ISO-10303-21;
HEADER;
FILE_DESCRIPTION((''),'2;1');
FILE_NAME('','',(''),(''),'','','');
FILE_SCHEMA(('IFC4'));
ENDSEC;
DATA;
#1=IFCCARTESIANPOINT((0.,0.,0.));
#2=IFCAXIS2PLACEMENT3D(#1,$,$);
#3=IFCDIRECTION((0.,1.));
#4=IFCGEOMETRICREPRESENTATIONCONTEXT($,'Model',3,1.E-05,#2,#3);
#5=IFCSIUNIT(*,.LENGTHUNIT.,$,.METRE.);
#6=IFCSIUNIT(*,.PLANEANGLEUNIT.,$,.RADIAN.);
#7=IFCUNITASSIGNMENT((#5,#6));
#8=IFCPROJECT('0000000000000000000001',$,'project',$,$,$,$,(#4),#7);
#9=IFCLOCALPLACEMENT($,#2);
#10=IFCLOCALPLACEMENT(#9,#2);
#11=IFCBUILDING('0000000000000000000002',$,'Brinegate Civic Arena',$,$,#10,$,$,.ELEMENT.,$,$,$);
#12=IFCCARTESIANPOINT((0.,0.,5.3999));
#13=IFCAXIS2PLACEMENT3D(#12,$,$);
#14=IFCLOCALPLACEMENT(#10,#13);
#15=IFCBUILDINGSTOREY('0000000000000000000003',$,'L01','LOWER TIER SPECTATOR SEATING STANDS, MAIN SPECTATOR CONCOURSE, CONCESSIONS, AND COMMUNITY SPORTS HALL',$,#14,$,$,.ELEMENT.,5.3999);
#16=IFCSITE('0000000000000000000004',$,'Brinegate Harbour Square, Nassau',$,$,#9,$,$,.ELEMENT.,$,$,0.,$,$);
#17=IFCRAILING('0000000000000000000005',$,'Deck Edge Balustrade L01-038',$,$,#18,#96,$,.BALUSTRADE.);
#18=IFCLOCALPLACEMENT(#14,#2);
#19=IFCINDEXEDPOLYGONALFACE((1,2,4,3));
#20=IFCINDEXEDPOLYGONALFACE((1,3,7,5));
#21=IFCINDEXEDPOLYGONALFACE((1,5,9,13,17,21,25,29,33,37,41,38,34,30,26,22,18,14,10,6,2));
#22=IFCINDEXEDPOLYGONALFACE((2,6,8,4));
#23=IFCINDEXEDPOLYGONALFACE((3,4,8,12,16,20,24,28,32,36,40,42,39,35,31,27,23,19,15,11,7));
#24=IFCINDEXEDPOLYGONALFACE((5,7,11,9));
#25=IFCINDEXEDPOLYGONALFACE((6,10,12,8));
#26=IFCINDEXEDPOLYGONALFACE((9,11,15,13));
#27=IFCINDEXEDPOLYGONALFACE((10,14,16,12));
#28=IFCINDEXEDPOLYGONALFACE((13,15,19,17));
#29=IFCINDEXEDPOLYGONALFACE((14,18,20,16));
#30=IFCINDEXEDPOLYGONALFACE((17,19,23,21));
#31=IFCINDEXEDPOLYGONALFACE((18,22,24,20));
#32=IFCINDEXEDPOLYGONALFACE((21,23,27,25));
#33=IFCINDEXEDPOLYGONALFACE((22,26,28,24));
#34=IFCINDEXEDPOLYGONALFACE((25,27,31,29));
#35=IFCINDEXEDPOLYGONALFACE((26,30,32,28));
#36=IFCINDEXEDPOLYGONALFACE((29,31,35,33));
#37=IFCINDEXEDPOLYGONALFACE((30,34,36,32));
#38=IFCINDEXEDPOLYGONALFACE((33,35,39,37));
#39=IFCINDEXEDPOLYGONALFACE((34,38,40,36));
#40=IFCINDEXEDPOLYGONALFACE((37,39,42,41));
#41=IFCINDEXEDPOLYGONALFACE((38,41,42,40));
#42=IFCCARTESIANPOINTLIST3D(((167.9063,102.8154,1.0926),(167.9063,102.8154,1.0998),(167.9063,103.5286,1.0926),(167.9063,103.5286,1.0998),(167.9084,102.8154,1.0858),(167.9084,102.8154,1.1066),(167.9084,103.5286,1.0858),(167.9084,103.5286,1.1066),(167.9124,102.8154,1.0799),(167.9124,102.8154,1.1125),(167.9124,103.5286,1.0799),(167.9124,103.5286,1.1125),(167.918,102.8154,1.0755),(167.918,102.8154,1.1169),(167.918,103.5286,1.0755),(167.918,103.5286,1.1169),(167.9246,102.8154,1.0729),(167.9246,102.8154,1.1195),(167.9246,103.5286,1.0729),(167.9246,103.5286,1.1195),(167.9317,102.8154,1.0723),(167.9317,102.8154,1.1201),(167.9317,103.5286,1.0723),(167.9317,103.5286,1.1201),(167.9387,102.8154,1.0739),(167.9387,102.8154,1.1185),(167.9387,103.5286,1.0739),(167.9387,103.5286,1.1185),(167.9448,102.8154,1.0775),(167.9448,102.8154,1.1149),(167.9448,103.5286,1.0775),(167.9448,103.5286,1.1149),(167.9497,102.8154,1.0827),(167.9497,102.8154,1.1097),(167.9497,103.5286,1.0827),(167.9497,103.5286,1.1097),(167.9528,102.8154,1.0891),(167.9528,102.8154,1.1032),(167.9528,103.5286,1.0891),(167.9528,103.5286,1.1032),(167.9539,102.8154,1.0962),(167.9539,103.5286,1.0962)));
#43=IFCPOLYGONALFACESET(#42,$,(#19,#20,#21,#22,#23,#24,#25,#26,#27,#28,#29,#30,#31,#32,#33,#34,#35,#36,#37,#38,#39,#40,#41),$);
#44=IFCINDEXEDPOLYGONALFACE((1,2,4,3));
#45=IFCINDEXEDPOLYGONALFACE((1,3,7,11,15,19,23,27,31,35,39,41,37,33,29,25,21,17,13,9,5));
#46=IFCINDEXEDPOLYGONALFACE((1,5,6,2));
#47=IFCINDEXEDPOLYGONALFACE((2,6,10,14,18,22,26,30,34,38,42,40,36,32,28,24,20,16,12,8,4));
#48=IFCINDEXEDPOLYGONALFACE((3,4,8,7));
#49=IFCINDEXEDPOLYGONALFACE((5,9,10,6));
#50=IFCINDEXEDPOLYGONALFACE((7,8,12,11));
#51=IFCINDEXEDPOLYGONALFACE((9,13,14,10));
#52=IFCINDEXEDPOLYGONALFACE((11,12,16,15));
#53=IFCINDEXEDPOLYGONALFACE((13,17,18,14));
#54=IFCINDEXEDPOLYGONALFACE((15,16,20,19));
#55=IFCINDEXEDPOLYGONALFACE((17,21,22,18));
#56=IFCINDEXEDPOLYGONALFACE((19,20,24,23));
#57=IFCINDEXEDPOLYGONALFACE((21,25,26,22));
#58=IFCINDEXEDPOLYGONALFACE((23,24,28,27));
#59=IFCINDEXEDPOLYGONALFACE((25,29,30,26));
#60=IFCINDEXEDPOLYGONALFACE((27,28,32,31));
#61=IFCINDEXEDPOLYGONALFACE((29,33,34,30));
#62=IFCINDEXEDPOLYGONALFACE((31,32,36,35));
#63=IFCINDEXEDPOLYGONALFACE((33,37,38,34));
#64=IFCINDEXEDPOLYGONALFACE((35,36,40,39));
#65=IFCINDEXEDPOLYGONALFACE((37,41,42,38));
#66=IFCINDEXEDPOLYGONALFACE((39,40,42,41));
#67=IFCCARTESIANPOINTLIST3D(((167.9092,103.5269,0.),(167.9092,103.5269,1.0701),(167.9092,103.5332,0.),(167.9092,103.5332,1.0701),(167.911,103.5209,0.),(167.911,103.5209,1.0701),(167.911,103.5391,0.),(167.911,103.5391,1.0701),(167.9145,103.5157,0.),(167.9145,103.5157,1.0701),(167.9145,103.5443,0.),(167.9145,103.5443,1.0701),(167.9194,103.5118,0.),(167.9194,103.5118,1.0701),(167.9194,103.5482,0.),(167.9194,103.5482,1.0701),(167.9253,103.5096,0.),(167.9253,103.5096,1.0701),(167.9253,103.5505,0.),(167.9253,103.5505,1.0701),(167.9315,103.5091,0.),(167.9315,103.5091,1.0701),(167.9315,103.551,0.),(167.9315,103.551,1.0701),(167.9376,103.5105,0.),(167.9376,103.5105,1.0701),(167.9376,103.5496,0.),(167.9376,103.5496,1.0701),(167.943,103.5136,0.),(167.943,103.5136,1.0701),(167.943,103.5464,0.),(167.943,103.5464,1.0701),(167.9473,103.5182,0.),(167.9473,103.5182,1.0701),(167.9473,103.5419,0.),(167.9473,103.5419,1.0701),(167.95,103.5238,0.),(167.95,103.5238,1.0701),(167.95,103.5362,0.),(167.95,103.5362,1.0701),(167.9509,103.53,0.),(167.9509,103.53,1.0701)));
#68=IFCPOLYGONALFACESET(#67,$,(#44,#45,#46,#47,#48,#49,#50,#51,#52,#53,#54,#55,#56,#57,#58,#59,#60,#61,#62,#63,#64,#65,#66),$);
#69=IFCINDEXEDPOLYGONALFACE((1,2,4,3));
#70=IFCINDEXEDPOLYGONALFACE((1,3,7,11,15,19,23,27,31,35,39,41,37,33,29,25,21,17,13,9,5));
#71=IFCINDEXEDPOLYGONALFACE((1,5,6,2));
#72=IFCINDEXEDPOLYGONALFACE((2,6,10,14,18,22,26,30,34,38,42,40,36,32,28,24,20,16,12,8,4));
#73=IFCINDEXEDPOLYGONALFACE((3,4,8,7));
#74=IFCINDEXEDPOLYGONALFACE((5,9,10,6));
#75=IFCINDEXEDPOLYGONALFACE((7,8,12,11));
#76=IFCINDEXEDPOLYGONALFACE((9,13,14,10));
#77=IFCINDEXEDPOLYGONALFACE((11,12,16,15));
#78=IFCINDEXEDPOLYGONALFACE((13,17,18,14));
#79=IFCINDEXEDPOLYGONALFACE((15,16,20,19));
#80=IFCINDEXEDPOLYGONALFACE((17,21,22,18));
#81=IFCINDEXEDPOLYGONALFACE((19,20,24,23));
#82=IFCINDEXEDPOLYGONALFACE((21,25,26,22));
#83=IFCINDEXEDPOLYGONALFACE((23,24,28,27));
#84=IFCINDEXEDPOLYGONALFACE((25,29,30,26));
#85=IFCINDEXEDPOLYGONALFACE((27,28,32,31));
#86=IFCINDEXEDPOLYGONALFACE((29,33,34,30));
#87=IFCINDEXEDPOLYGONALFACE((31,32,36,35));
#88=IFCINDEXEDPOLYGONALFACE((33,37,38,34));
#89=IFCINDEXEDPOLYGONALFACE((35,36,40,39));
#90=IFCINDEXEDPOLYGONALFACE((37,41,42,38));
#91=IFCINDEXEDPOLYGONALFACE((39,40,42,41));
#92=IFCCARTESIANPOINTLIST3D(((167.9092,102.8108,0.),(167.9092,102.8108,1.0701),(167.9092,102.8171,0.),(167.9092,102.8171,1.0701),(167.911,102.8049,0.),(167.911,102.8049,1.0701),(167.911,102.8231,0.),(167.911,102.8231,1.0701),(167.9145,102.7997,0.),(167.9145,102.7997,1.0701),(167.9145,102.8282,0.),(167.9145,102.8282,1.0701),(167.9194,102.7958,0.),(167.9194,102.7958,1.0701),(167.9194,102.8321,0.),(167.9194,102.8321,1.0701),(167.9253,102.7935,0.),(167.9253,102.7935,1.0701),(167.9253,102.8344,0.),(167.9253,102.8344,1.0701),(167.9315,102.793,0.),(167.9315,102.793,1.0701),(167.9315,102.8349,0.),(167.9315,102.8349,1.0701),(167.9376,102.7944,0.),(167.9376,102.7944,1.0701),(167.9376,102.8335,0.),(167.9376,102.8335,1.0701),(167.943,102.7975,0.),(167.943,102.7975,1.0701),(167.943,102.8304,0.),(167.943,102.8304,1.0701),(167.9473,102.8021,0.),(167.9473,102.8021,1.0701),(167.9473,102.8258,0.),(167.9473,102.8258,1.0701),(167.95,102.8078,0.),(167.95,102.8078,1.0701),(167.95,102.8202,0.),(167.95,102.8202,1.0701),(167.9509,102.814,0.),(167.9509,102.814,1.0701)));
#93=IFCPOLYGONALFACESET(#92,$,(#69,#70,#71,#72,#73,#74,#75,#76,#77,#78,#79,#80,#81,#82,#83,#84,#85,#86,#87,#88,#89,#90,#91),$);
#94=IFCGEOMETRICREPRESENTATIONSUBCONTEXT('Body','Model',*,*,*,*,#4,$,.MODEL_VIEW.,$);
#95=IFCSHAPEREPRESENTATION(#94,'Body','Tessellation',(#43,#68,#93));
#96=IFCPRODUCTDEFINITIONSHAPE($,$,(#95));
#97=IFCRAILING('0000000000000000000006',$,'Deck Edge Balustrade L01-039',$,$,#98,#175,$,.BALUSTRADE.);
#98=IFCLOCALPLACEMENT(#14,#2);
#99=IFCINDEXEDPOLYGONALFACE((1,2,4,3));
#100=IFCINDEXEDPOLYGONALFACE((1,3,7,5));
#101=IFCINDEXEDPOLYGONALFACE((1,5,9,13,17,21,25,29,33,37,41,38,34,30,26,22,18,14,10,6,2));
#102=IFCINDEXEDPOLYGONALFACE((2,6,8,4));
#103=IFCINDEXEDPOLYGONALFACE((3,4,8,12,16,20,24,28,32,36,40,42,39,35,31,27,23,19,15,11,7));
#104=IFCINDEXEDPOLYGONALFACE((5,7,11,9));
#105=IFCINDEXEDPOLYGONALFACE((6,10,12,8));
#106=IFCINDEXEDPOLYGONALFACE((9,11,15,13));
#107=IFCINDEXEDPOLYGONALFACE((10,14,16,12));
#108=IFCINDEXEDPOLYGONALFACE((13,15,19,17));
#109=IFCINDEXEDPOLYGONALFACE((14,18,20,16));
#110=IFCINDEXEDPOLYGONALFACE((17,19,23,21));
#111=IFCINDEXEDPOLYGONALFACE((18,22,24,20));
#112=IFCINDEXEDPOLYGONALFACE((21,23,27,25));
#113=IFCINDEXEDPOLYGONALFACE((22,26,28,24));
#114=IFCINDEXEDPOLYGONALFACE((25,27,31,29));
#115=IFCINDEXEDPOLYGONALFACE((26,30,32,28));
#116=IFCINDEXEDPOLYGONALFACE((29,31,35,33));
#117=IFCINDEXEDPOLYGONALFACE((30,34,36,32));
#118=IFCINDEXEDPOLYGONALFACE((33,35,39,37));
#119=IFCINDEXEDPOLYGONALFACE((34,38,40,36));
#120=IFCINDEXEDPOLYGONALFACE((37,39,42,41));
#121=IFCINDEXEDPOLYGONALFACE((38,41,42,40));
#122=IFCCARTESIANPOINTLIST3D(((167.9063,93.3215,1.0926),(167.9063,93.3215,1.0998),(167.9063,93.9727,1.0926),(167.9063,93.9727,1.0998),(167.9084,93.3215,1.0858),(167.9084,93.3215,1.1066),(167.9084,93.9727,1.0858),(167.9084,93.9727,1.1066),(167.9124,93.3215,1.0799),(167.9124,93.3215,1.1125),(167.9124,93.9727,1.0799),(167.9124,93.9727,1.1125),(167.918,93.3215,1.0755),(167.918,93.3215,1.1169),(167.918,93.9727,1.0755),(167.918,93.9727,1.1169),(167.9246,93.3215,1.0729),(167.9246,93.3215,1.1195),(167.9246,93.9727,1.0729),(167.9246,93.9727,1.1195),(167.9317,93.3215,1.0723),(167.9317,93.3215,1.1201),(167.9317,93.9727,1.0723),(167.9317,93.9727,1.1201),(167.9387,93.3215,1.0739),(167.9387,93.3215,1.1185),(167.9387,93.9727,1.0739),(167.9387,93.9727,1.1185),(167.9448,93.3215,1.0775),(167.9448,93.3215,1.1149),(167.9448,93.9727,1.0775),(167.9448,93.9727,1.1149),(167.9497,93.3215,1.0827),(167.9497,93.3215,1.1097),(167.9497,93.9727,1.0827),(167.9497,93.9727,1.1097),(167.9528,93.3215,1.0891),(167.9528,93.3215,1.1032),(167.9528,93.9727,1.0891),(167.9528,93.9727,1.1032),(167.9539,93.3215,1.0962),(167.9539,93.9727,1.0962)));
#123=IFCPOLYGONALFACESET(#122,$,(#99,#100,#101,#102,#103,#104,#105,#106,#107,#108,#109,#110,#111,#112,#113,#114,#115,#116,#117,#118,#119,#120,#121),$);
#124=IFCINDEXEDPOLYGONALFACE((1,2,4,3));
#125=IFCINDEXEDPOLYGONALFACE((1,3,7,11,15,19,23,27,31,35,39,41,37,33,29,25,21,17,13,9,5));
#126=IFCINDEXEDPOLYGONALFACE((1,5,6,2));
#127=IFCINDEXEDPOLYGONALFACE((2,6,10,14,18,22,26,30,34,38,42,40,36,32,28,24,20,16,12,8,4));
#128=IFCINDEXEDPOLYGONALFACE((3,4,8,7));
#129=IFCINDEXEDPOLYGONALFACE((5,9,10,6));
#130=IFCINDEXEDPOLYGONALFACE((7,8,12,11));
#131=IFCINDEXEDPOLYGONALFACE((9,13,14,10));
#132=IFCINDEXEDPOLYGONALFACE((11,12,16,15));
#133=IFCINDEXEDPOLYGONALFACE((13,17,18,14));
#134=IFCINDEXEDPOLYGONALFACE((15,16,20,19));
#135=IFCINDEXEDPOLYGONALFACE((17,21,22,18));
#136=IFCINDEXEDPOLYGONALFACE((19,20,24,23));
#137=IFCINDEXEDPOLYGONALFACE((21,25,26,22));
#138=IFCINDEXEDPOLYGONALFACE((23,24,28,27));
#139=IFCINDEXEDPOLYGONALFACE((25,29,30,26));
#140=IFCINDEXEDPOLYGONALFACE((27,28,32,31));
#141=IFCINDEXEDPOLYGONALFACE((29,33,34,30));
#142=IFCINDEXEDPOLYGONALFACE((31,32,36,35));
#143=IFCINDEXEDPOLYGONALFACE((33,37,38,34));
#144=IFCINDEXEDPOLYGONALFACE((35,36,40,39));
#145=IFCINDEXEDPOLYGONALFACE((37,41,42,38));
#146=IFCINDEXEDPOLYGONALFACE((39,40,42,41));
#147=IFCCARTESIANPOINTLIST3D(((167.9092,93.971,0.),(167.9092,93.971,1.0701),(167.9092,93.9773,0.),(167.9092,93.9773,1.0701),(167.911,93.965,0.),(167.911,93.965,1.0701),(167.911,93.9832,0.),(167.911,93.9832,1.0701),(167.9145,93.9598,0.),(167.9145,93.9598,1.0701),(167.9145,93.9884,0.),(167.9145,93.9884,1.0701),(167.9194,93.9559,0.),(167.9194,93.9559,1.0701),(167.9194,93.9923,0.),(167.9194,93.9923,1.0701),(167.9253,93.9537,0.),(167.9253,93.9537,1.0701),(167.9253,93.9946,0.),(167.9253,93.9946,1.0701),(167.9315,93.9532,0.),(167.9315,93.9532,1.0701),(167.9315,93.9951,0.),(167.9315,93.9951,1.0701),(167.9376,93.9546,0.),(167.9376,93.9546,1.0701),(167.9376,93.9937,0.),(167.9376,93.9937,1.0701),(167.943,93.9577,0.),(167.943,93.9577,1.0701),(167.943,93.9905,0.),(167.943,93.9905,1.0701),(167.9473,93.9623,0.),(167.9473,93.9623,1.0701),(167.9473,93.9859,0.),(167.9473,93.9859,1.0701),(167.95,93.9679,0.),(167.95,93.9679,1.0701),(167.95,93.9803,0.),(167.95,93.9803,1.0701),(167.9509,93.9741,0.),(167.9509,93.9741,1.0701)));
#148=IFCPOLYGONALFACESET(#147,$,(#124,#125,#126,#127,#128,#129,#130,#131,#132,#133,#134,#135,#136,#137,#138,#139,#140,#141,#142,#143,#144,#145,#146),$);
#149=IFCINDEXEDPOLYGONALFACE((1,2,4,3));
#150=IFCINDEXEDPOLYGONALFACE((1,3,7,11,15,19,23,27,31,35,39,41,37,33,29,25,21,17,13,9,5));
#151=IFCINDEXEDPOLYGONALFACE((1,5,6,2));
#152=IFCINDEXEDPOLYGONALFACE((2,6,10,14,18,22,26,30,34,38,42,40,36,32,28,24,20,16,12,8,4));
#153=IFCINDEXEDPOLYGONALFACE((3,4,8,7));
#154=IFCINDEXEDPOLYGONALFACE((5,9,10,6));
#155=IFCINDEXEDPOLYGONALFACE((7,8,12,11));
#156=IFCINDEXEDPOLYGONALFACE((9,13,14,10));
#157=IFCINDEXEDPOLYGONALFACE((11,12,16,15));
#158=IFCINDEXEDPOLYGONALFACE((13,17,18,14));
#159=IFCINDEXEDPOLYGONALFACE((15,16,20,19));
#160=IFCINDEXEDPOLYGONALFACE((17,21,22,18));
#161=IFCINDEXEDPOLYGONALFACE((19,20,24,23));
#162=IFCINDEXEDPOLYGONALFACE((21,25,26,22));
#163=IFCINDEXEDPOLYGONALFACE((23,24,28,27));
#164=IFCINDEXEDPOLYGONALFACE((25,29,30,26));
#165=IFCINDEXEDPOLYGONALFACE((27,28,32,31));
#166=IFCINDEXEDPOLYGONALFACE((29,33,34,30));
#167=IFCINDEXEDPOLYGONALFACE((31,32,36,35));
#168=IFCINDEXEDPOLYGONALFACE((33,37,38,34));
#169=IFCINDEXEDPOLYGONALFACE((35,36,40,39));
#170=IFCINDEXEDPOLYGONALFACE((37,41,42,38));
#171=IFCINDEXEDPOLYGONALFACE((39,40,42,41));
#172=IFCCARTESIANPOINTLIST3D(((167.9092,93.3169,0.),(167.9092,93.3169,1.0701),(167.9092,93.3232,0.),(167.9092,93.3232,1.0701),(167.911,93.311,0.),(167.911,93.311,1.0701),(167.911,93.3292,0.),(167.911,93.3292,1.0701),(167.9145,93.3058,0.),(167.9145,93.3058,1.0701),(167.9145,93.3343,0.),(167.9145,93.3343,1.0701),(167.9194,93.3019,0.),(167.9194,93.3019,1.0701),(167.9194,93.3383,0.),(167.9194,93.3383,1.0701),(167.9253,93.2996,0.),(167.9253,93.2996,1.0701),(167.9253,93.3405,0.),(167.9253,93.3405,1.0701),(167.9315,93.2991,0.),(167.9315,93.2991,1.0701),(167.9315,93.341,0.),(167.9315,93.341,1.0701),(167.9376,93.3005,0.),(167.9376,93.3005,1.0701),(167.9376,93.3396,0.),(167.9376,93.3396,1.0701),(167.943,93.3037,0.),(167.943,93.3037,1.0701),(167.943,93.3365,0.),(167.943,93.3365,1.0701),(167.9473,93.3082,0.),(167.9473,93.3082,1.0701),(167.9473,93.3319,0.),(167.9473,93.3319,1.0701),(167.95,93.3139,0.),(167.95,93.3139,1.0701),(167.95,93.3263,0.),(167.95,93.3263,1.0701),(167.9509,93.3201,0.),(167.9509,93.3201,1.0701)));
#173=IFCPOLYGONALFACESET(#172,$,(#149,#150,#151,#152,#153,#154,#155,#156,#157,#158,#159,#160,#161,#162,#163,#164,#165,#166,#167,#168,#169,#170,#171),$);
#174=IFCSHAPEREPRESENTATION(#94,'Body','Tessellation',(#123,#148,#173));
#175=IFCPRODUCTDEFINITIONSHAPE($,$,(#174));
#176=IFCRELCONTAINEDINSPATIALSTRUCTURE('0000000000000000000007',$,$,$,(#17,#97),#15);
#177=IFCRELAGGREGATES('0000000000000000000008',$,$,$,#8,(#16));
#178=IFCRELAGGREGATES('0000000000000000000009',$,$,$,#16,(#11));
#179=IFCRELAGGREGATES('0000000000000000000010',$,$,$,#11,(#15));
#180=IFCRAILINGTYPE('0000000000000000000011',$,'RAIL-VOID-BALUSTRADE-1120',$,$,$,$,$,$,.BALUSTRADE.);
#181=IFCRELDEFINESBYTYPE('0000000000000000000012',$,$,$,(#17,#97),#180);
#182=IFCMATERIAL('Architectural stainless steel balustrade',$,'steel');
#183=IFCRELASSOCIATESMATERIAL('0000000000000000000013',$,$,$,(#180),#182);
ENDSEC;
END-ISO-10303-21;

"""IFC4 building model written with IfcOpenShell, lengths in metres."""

from ifc_helpers import new_model, si_unit, direction, frame, origin, origin_2d, place, context, subcontext, project, spatial, circle, extrude, material, type_object, element, save


model = new_model("IFC4")

# Units and contexts
model_context = context("Model", 3, precision=1e-05, world=origin(), true_north=direction((0.0, 1.0)))
body_context = subcontext(model_context, "Body", "Model", "MODEL_VIEW")
ifc_project = project(units=[si_unit("LENGTHUNIT", "METRE"), si_unit("PLANEANGLEUNIT", "RADIAN")], contexts=[model_context])

# Site, building, storey
site_placement = place(None, origin())
site = spatial("IfcSite", under=ifc_project, at=site_placement, Name="Brinegate Harbour Square, Nassau", CompositionType="ELEMENT", RefElevation=0.0)
building_placement = place(site_placement, origin())
building = spatial("IfcBuilding", under=site, at=building_placement, Name="Brinegate Civic Arena", CompositionType="ELEMENT")
storey_placement = place(building_placement, frame((0.0, 0.0, 5.3999)))
storey = spatial("IfcBuildingStorey", under=building, at=storey_placement, Name="L01", Description="LOWER TIER SPECTATOR SEATING STANDS, MAIN SPECTATOR CONCOURSE, CONCESSIONS, AND COMMUNITY SPORTS HALL", CompositionType="ELEMENT", Elevation=5.3999)

# Railings
ifc_material_1 = material(Name="Architectural stainless steel balustrade", Category="steel")
railing_type_1 = type_object("IfcRailingType", Name="RAIL-VOID-BALUSTRADE-1120", PredefinedType="BALUSTRADE", material=ifc_material_1)
railing_1_placement = place(storey_placement, frame((167.9299, 103.53, 0.0)))
element("IfcRailing", 1, at=railing_1_placement, inside=storey, type_object=railing_type_1, Name="Deck Edge Balustrade L01-038", PredefinedType="BALUSTRADE", context=body_context, shape_type="SweptSolid", body=[
    extrude(circle(Radius=0.0239, at=origin_2d()), frame((0.0, -0.0015, 1.0962), z_axis=(0.0, -1.0, 0.0), x_axis=(1.0, 0.0, 0.0)), (0.0, 0.0, 1.0), 0.7131),
    extrude(circle(Radius=0.021, at=origin_2d()), origin(), (0.0, 0.0, 1.0), 1.0701),
    extrude(circle(Radius=0.021, at=origin_2d()), frame((0.0, -0.7161, 0.0)), (0.0, 0.0, 1.0), 1.0701),
])
railing_2_placement = place(storey_placement, frame((167.9299, 93.9741, 0.0)))
element("IfcRailing", 2, at=railing_2_placement, inside=storey, type_object=railing_type_1, Name="Deck Edge Balustrade L01-039", PredefinedType="BALUSTRADE", context=body_context, shape_type="SweptSolid", body=[
    extrude(circle(Radius=0.0239, at=origin_2d()), frame((0.0, -0.0015, 1.0962), z_axis=(0.0, -1.0, 0.0), x_axis=(1.0, 0.0, 0.0)), (0.0, 0.0, 1.0), 0.6511),
    extrude(circle(Radius=0.021, at=origin_2d()), origin(), (0.0, 0.0, 1.0), 1.0701),
    extrude(circle(Radius=0.021, at=origin_2d()), frame((0.0, -0.6541, 0.0)), (0.0, 0.0, 1.0), 1.0701),
])

save(model, "model.ifc")
